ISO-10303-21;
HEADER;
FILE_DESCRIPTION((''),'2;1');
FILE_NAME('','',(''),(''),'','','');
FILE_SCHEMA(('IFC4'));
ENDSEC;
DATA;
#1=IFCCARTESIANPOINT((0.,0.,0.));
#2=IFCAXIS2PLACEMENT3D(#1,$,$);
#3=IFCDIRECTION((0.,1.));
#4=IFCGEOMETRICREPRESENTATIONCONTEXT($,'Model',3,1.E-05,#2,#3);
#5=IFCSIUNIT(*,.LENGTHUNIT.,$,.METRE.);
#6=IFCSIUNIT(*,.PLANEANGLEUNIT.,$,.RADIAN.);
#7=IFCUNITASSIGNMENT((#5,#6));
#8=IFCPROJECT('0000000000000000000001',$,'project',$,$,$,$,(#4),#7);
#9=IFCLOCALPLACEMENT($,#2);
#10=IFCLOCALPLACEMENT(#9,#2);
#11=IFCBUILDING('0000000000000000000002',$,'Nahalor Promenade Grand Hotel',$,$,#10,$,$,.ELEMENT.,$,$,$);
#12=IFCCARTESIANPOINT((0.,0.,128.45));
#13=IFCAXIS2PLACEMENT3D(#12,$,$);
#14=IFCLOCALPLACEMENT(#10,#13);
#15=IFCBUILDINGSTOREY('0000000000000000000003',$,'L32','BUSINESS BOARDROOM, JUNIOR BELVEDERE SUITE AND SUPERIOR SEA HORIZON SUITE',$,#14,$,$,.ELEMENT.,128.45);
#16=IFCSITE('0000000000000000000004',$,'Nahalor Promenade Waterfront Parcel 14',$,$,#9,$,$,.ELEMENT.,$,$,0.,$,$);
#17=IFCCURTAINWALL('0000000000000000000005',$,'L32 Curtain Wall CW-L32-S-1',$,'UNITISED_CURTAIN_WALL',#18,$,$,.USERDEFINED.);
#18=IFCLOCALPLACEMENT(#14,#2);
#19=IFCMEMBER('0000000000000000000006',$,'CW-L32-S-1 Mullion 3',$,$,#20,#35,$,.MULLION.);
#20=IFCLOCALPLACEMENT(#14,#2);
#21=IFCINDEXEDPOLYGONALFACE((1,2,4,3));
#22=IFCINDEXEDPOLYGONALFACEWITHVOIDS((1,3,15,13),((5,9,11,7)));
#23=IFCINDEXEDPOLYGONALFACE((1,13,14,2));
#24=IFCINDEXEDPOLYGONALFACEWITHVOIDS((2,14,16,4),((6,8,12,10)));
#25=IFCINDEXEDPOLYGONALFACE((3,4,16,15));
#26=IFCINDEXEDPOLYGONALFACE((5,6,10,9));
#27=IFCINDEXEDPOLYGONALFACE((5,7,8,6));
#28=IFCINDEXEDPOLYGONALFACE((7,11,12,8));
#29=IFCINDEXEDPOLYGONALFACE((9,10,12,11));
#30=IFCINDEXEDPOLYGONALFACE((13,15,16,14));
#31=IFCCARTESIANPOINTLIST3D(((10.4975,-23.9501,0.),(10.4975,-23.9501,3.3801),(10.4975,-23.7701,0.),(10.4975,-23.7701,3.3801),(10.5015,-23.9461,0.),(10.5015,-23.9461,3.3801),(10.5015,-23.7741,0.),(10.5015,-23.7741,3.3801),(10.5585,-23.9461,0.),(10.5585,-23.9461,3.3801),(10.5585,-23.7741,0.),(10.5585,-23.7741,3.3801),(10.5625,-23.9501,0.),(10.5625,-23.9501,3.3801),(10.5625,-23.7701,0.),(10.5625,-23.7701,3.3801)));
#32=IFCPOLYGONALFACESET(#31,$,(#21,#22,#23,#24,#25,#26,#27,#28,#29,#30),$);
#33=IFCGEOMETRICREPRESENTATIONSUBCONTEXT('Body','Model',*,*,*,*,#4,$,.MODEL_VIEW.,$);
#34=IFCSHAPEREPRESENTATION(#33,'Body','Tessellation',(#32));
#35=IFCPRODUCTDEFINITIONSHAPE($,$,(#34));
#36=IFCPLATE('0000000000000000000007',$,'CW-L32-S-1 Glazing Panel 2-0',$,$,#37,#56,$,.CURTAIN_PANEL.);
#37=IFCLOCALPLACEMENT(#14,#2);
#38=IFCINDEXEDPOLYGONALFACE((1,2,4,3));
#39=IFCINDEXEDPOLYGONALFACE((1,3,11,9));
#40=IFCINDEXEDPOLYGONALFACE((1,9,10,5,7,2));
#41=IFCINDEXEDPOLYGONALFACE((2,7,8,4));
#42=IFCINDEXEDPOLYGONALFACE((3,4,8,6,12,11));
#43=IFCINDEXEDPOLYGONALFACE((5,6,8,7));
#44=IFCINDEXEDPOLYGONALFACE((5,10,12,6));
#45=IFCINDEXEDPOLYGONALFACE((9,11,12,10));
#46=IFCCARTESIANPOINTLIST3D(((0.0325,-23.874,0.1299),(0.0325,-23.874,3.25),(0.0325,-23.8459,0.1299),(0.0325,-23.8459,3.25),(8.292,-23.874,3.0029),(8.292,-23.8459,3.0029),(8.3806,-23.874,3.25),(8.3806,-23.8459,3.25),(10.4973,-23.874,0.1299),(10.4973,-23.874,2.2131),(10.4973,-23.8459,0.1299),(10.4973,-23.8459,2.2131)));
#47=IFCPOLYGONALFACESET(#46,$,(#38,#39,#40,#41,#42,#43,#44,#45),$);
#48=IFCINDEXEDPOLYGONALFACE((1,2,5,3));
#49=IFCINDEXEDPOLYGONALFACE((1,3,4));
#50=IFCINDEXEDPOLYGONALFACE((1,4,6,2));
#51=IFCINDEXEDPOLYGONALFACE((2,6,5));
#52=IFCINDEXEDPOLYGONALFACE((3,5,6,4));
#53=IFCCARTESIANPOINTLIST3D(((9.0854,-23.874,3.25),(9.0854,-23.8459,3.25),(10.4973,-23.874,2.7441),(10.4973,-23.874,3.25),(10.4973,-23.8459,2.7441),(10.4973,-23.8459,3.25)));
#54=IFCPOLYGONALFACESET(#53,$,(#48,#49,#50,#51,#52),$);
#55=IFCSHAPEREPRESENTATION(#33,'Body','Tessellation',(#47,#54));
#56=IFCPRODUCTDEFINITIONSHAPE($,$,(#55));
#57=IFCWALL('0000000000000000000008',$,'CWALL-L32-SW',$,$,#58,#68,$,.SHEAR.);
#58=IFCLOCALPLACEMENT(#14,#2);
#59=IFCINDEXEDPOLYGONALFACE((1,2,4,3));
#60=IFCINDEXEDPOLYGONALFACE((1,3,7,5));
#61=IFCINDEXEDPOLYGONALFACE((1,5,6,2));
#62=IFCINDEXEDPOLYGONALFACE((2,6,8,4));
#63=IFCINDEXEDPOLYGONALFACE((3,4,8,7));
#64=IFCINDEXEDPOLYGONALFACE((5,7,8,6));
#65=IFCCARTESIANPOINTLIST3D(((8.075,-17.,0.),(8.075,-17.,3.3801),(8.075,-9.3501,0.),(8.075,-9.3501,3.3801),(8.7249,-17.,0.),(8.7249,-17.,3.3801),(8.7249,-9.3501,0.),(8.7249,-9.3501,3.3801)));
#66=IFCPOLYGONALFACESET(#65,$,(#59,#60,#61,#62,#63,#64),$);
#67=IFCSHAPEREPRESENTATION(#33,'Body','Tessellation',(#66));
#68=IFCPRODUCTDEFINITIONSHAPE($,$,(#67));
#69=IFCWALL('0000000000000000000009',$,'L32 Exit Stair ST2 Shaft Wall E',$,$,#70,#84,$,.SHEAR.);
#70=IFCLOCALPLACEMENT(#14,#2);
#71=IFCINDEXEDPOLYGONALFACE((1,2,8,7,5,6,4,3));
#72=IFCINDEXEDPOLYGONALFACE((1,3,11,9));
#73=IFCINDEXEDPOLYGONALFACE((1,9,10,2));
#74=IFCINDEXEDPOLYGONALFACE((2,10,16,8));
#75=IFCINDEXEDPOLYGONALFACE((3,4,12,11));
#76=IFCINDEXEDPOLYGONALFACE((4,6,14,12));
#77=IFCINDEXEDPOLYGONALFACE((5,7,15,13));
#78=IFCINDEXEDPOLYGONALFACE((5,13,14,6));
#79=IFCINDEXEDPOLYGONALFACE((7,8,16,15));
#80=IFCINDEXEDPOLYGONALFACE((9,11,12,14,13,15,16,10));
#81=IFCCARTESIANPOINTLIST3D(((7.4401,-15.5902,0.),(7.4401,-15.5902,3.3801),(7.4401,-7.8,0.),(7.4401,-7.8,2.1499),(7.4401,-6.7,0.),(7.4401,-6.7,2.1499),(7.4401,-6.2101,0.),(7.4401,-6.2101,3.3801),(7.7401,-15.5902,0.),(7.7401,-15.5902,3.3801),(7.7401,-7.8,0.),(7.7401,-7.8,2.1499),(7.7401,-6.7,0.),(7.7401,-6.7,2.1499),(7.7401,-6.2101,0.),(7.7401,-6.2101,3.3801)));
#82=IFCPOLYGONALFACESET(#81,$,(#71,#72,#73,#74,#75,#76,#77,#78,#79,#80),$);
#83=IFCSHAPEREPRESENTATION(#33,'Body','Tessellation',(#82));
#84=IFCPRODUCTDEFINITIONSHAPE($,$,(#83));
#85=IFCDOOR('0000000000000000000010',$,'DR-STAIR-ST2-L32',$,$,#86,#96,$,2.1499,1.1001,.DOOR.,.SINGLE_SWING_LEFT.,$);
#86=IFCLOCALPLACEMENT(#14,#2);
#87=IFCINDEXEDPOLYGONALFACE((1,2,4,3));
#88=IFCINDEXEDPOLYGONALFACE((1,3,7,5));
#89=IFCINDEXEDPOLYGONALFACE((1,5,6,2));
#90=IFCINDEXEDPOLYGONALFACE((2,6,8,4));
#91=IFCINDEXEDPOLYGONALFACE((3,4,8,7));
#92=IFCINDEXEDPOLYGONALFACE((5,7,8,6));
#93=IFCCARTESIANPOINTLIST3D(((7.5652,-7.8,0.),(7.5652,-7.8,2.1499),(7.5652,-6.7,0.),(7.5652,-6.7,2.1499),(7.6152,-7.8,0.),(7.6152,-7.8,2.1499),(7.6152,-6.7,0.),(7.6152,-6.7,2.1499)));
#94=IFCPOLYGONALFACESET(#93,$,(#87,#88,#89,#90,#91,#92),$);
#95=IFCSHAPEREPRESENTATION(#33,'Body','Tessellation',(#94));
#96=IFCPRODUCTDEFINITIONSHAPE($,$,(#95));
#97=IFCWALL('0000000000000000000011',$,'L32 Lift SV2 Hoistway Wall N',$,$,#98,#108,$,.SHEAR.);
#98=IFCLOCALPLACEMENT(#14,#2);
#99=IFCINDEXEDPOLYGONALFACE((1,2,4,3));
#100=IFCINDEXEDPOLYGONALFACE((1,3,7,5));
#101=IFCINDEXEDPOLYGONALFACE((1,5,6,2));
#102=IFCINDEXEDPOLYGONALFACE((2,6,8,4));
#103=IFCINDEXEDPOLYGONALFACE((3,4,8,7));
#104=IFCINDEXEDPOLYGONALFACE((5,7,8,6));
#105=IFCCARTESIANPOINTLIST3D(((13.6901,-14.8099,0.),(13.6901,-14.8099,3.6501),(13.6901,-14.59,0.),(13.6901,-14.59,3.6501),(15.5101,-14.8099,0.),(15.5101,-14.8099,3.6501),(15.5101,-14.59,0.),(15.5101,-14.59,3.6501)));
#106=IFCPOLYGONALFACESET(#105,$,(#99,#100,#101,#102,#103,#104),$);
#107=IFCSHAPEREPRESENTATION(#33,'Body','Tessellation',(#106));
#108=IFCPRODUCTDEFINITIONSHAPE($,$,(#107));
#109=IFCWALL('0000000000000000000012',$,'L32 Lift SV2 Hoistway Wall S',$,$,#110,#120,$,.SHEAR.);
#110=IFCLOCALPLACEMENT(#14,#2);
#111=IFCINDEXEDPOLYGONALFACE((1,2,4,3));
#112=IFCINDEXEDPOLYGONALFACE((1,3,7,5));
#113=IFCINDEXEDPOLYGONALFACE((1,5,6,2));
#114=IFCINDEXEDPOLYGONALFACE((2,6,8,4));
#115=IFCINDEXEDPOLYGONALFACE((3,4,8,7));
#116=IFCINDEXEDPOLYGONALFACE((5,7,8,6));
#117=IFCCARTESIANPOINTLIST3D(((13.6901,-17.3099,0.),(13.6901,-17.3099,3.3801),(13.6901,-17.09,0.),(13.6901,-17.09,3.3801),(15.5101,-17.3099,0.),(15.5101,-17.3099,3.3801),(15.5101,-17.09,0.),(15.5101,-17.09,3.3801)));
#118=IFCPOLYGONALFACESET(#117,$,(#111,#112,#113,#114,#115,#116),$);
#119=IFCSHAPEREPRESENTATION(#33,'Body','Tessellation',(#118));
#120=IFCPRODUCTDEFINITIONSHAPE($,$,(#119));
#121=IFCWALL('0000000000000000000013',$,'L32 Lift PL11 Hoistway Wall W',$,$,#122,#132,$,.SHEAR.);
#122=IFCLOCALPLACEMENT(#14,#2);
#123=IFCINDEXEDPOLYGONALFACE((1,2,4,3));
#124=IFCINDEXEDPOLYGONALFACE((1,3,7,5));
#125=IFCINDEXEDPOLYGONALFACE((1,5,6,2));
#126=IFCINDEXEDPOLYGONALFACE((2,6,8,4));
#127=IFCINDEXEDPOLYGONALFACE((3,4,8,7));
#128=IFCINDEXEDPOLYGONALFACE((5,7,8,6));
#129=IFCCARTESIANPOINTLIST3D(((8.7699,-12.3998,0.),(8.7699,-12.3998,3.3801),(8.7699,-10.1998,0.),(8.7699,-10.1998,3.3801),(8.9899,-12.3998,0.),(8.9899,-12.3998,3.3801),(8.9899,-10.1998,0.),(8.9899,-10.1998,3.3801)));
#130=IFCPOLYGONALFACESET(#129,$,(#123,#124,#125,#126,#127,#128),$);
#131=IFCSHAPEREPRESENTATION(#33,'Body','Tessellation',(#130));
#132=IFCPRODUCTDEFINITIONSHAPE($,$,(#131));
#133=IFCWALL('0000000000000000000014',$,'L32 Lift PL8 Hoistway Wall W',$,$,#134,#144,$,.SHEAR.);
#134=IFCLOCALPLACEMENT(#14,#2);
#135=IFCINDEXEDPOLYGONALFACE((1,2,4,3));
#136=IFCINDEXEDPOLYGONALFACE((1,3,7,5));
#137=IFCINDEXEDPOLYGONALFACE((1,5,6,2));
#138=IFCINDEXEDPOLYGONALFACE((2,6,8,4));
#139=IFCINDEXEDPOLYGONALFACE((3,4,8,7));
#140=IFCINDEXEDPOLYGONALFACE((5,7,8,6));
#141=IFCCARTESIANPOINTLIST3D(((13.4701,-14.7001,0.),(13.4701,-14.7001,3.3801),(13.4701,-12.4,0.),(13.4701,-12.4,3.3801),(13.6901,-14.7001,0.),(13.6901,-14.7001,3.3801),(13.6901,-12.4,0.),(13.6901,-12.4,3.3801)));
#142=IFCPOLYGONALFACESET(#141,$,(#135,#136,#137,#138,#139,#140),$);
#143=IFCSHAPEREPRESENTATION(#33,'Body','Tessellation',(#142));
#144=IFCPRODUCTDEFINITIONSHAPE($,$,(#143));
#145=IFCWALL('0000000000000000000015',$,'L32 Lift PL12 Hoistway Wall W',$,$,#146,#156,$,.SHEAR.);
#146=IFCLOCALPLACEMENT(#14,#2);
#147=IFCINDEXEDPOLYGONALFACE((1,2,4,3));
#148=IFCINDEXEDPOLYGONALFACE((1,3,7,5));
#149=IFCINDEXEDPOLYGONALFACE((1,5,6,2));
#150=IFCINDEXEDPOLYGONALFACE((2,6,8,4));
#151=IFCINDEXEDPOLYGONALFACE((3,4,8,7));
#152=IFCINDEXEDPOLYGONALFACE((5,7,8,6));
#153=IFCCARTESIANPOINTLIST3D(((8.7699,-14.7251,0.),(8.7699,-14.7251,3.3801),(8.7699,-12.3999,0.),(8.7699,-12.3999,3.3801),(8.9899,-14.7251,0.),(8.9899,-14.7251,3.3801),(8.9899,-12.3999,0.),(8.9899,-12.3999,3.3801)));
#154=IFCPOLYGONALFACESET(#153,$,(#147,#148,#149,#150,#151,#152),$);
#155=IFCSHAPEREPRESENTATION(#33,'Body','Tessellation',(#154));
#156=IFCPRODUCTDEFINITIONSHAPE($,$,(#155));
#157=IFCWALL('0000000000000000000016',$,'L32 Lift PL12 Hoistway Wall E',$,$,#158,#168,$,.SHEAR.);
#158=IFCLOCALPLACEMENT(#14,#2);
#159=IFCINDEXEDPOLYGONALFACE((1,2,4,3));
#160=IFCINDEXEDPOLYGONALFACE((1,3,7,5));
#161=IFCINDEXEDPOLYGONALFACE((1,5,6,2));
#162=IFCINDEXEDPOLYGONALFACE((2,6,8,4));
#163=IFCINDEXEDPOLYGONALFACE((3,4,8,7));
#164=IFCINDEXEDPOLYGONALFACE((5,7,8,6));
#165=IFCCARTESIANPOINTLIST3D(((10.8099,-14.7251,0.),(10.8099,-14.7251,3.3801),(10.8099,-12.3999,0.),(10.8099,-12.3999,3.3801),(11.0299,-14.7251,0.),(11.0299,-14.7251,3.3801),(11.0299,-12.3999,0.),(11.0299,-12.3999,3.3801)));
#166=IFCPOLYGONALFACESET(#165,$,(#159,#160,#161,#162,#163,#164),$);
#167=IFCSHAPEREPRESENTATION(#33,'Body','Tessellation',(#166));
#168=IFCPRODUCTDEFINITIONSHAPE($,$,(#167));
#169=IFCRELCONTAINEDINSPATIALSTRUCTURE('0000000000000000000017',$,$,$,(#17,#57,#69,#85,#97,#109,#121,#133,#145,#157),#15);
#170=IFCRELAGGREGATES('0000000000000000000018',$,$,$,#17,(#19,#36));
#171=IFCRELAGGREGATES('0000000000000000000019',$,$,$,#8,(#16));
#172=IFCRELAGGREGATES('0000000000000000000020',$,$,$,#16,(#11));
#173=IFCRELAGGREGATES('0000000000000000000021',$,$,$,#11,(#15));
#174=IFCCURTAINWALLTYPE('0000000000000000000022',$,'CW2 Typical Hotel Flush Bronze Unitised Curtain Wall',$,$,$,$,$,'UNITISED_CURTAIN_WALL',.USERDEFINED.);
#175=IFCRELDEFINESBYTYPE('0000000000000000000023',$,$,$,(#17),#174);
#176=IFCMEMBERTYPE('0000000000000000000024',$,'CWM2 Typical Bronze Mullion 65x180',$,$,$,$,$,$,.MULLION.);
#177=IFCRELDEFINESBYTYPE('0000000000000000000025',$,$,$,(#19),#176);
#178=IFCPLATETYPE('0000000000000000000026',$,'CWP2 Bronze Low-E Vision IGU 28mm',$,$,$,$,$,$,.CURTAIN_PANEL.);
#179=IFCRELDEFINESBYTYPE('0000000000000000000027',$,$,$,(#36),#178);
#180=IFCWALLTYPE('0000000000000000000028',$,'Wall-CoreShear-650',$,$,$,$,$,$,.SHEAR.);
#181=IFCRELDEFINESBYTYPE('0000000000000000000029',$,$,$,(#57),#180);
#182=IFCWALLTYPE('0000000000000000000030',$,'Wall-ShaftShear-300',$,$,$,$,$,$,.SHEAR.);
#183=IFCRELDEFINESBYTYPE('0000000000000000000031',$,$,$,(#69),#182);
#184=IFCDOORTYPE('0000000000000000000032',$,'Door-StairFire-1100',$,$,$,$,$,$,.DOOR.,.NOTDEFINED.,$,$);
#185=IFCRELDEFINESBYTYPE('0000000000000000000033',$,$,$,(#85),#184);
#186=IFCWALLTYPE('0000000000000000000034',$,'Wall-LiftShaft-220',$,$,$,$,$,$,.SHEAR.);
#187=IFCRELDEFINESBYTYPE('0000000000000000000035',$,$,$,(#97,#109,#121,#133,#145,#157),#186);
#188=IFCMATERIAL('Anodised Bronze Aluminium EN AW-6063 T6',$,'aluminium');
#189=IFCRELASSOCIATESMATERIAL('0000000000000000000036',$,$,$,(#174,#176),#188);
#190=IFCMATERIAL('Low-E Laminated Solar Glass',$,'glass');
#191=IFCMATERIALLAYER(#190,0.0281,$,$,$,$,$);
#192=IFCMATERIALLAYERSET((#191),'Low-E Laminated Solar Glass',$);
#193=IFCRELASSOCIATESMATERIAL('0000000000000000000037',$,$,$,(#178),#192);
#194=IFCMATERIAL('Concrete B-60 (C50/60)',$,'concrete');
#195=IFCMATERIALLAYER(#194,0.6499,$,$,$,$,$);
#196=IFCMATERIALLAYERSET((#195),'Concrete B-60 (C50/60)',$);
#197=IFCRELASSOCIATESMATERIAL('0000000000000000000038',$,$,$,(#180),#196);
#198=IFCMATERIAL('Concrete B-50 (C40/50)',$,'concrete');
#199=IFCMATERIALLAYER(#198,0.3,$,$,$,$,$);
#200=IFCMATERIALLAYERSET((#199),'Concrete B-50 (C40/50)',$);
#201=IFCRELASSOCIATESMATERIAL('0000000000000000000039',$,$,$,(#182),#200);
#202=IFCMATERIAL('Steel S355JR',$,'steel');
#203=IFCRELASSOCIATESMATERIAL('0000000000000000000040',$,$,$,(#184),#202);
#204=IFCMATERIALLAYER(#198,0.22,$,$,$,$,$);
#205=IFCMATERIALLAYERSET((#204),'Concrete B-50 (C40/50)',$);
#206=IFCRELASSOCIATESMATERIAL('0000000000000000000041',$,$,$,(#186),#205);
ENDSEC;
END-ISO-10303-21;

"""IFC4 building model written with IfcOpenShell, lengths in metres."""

from ifc_helpers import new_model, si_unit, direction, frame, frame_2d, origin, origin_2d, place, context, subcontext, project, spatial, polyline, rectangle, hollow_rectangle, outline, extrude, source, transform, mapped, material, layer, layer_set, material_profile, profile_set, type_object, element, fill, aggregate, save


model = new_model("IFC4")

# Units and contexts
model_context = context("Model", 3, precision=1e-05, world=origin(), true_north=direction((0.0, 1.0)))
body_context = subcontext(model_context, "Body", "Model", "MODEL_VIEW")
ifc_project = project(units=[si_unit("LENGTHUNIT", "METRE"), si_unit("PLANEANGLEUNIT", "RADIAN")], contexts=[model_context])

# Site, building, storey
site_placement = place(None, origin())
site = spatial("IfcSite", under=ifc_project, at=site_placement, Name="Nahalor Promenade Waterfront Parcel 14", CompositionType="ELEMENT", RefElevation=0.0)
building_placement = place(site_placement, origin())
building = spatial("IfcBuilding", under=site, at=building_placement, Name="Nahalor Promenade Grand Hotel", CompositionType="ELEMENT")
storey_placement = place(building_placement, frame((0.0, 0.0, 128.45)))
storey = spatial("IfcBuildingStorey", under=building, at=storey_placement, Name="L32", Description="BUSINESS BOARDROOM, JUNIOR BELVEDERE SUITE AND SUPERIOR SEA HORIZON SUITE", CompositionType="ELEMENT", Elevation=128.45)

# Shared definitions
ifc_material_1 = material(Name="Concrete B-60 (C50/60)", Category="concrete")

# Shared definitions
ifc_material_2 = material(Name="Steel S355JR", Category="steel")

# Curtain wall, member, plate
ifc_material_3 = material(Name="Anodised Bronze Aluminium EN AW-6063 T6", Category="aluminium")
curtain_wall_type = type_object("IfcCurtainWallType", Name="CW2 Typical Hotel Flush Bronze Unitised Curtain Wall", ElementType="UNITISED_CURTAIN_WALL", PredefinedType="USERDEFINED", material=ifc_material_3)
curtain_wall_placement = place(storey_placement, origin())
curtain_wall = element("IfcCurtainWall", 1, at=curtain_wall_placement, inside=storey, type_object=curtain_wall_type, Name="L32 Curtain Wall CW-L32-S-1", ObjectType="UNITISED_CURTAIN_WALL", PredefinedType="USERDEFINED")
ifc_material_profile_1 = material_profile(ifc_material_3, hollow_rectangle(XDim=0.065, YDim=0.18, WallThickness=0.004, at=origin_2d()), Name="CWM 65x180x4")
ifc_profile_set_1 = profile_set([ifc_material_profile_1], Name="Anodised Bronze Aluminium EN AW-6063 T6")
member_type_1 = type_object("IfcMemberType", Name="CWM2 Typical Bronze Mullion 65x180", PredefinedType="MULLION", material=ifc_profile_set_1)
shared_shape_1 = source(origin(), body_context, "Body", "SweptSolid", [
    extrude(hollow_rectangle(XDim=0.065, YDim=0.18, WallThickness=0.004, at=origin_2d()), origin(), (0.0, 0.0, 1.0), 3.3801),
])
member_1_placement = place(storey_placement, frame((10.53, -23.8601, 0.0), z_axis=(0.0, 0.0, 1.0), x_axis=(1.0, 0.0, 0.0)))
member_1 = element("IfcMember", 2, at=member_1_placement, type_object=member_type_1, Name="CW-L32-S-1 Mullion 3", PredefinedType="MULLION", context=body_context, shape_type="MappedRepresentation", body=[
    mapped(shared_shape_1, transform((0.0, 0.0, 0.0), scale=1.0)),
])
ifc_material_4 = material(Name="Low-E Laminated Solar Glass", Category="glass")
ifc_layer_1 = layer(ifc_material_4, 0.0281)
ifc_layer_set_1 = layer_set([ifc_layer_1], Name="Low-E Laminated Solar Glass")
plate_type = type_object("IfcPlateType", Name="CWP2 Bronze Low-E Vision IGU 28mm", PredefinedType="CURTAIN_PANEL", material=ifc_layer_set_1)
plate_placement = place(storey_placement, frame((5.2649, -23.8601, 0.1299), z_axis=(0.0, 0.0, 1.0), x_axis=(1.0, 0.0, 0.0)))
plate = element("IfcPlate", 3, at=plate_placement, type_object=plate_type, Name="CW-L32-S-1 Glazing Panel 2-0", PredefinedType="CURTAIN_PANEL", context=body_context, shape_type="SweptSolid", body=[
    extrude(outline(polyline([(-5.2324, 0.0), (5.2324, 0.0), (5.2324, 2.0833), (3.0271, 2.873), (3.1157, 3.1201), (-5.2324, 3.1201), (-5.2324, 0.0)])), frame((0.0, 0.0142, 0.0), z_axis=(0.0, -1.0, 0.0), x_axis=(1.0, 0.0, 0.0)), (0.0, 0.0, 1.0), 0.0281),
    extrude(outline(polyline([(5.2324, 2.6143), (5.2324, 3.1201), (3.8206, 3.1201), (5.2324, 2.6143)])), frame((0.0, 0.0142, 0.0), z_axis=(0.0, -1.0, 0.0), x_axis=(1.0, 0.0, 0.0)), (0.0, 0.0, 1.0), 0.0281),
])
aggregate(curtain_wall, [member_1, plate])

# Wall
ifc_layer_2 = layer(ifc_material_1, 0.6499)
ifc_layer_set_2 = layer_set([ifc_layer_2], Name="Concrete B-60 (C50/60)")
wall_type_1 = type_object("IfcWallType", Name="Wall-CoreShear-650", PredefinedType="SHEAR", material=ifc_layer_set_2)
shared_shape_2 = source(origin(), body_context, "Body", "SweptSolid", [
    extrude(rectangle(XDim=7.6499, YDim=0.6499, at=frame_2d((3.825, 0.0))), origin(), (0.0, 0.0, 1.0), 3.3801),
])
wall_1_placement = place(storey_placement, frame((8.3999, -17.0, 0.0), z_axis=(0.0, 0.0, 1.0), x_axis=(0.0, 1.0, 0.0)))
element("IfcWall", 4, at=wall_1_placement, inside=storey, type_object=wall_type_1, Name="CWALL-L32-SW", PredefinedType="SHEAR", context=body_context, shape_type="MappedRepresentation", body=[
    mapped(shared_shape_2, transform((0.0, 0.0, 0.0), scale=1.0)),
])

# Wall, opening, door
ifc_material_5 = material(Name="Concrete B-50 (C40/50)", Category="concrete")
ifc_layer_3 = layer(ifc_material_5, 0.3)
ifc_layer_set_3 = layer_set([ifc_layer_3], Name="Concrete B-50 (C40/50)")
wall_type_2 = type_object("IfcWallType", Name="Wall-ShaftShear-300", PredefinedType="SHEAR", material=ifc_layer_set_3)
shared_shape_3 = source(origin(), body_context, "Body", "SweptSolid", [
    extrude(rectangle(XDim=9.3801, YDim=0.3, at=frame_2d((4.6899, 0.0))), origin(), (0.0, 0.0, 1.0), 3.3801),
])
wall_2_placement = place(storey_placement, frame((7.5901, -15.5901, 0.0), z_axis=(0.0, 0.0, 1.0), x_axis=(0.0, 1.0, 0.0)))
wall_2 = element("IfcWall", 5, at=wall_2_placement, inside=storey, type_object=wall_type_2, Name="L32 Exit Stair ST2 Shaft Wall E", PredefinedType="SHEAR", context=body_context, shape_type="MappedRepresentation", body=[
    mapped(shared_shape_3, transform((0.0, 0.0, 0.0), scale=1.0)),
])
opening_1_placement = place(wall_2_placement, frame((7.79, 0.0, 0.0)))
opening_1 = element("IfcOpeningElement", 6, at=opening_1_placement, cuts=wall_2, PredefinedType="OPENING", context=body_context, shape_type="SweptSolid", body=[
    extrude(rectangle(XDim=1.1001, YDim=2.1499, at=frame_2d((0.55, 1.075))), frame((0.0, 0.1599, 0.0), z_axis=(0.0, -1.0, 0.0), x_axis=(1.0, 0.0, 0.0)), (0.0, 0.0, 1.0), 0.3201),
])
door_type_1 = type_object("IfcDoorType", Name="Door-StairFire-1100", OperationType="NOTDEFINED", PredefinedType="DOOR", material=ifc_material_2)
shared_shape_4 = source(origin(), body_context, "Body", "SweptSolid", [
    extrude(rectangle(XDim=1.1001, YDim=2.1499, at=frame_2d((0.55, 1.075))), frame((0.0, 0.0249, 0.0), z_axis=(0.0, -1.0, 0.0), x_axis=(1.0, 0.0, 0.0)), (0.0, 0.0, 1.0), 0.05),
])
door_1_placement = place(opening_1_placement, origin())
door_1 = element("IfcDoor", 7, at=door_1_placement, inside=storey, type_object=door_type_1, Name="DR-STAIR-ST2-L32", OperationType="SINGLE_SWING_LEFT", OverallHeight=2.1499, OverallWidth=1.1001, PredefinedType="DOOR", context=body_context, shape_type="MappedRepresentation", body=[
    mapped(shared_shape_4, transform((0.0, 0.0, 0.0), scale=1.0)),
])
fill(opening_1, door_1)

# Walls
ifc_layer_4 = layer(ifc_material_5, 0.22)
ifc_layer_set_4 = layer_set([ifc_layer_4], Name="Concrete B-50 (C40/50)")
wall_type_3 = type_object("IfcWallType", Name="Wall-LiftShaft-220", PredefinedType="SHEAR", material=ifc_layer_set_4)
shared_shape_5 = source(origin(), body_context, "Body", "SweptSolid", [
    extrude(rectangle(XDim=1.8201, YDim=0.22, at=frame_2d((0.9102, 0.0))), origin(), (0.0, 0.0, 1.0), 3.6501),
])
wall_3_placement = place(storey_placement, frame((13.6899, -14.7, 0.0), z_axis=(0.0, 0.0, 1.0), x_axis=(1.0, 0.0, 0.0)))
element("IfcWall", 8, at=wall_3_placement, inside=storey, type_object=wall_type_3, Name="L32 Lift SV2 Hoistway Wall N", PredefinedType="SHEAR", context=body_context, shape_type="MappedRepresentation", body=[
    mapped(shared_shape_5, transform((0.0, 0.0, 0.0), scale=1.0)),
])
shared_shape_6 = source(origin(), body_context, "Body", "SweptSolid", [
    extrude(rectangle(XDim=1.8201, YDim=0.22, at=frame_2d((0.9102, 0.0))), origin(), (0.0, 0.0, 1.0), 3.3801),
])
wall_4_placement = place(storey_placement, frame((13.6899, -17.2, 0.0), z_axis=(0.0, 0.0, 1.0), x_axis=(1.0, 0.0, 0.0)))
element("IfcWall", 9, at=wall_4_placement, inside=storey, type_object=wall_type_3, Name="L32 Lift SV2 Hoistway Wall S", PredefinedType="SHEAR", context=body_context, shape_type="MappedRepresentation", body=[
    mapped(shared_shape_6, transform((0.0, 0.0, 0.0), scale=1.0)),
])
shared_shape_7 = source(origin(), body_context, "Body", "SweptSolid", [
    extrude(rectangle(XDim=2.2, YDim=0.22, at=frame_2d((1.1001, 0.0))), origin(), (0.0, 0.0, 1.0), 3.3801),
])
wall_5_placement = place(storey_placement, frame((8.8799, -12.3999, 0.0), z_axis=(0.0, 0.0, 1.0), x_axis=(0.0, 1.0, 0.0)))
element("IfcWall", 10, at=wall_5_placement, inside=storey, type_object=wall_type_3, Name="L32 Lift PL11 Hoistway Wall W", PredefinedType="SHEAR", context=body_context, shape_type="MappedRepresentation", body=[
    mapped(shared_shape_7, transform((0.0, 0.0, 0.0), scale=1.0)),
])
shared_shape_8 = source(origin(), body_context, "Body", "SweptSolid", [
    extrude(rectangle(XDim=2.3, YDim=0.22, at=frame_2d((1.1499, 0.0))), origin(), (0.0, 0.0, 1.0), 3.3801),
])
wall_6_placement = place(storey_placement, frame((13.5801, -14.7, 0.0), z_axis=(0.0, 0.0, 1.0), x_axis=(0.0, 1.0, 0.0)))
element("IfcWall", 11, at=wall_6_placement, inside=storey, type_object=wall_type_3, Name="L32 Lift PL8 Hoistway Wall W", PredefinedType="SHEAR", context=body_context, shape_type="MappedRepresentation", body=[
    mapped(shared_shape_8, transform((0.0, 0.0, 0.0), scale=1.0)),
])
shared_shape_9 = source(origin(), body_context, "Body", "SweptSolid", [
    extrude(rectangle(XDim=2.3252, YDim=0.22, at=frame_2d((1.1626, 0.0))), origin(), (0.0, 0.0, 1.0), 3.3801),
])
for number, where, z_axis, x_axis, name in (
    (12, (8.8799, -14.7251, 0.0), (0.0, 0.0, 1.0), (0.0, 1.0, 0.0), "L32 Lift PL12 Hoistway Wall W"),
    (13, (10.9199, -14.7251, 0.0), (0.0, 0.0, 1.0), (0.0, 1.0, 0.0), "L32 Lift PL12 Hoistway Wall E"),
):
    element("IfcWall", number, at=place(storey_placement, frame(where, z_axis=z_axis, x_axis=x_axis)), inside=storey, type_object=wall_type_3, Name=name, PredefinedType="SHEAR", context=body_context, shape_type="MappedRepresentation", body=[
        mapped(shared_shape_9, transform((0.0, 0.0, 0.0), scale=1.0)),
    ])

save(model, "model.ifc")
